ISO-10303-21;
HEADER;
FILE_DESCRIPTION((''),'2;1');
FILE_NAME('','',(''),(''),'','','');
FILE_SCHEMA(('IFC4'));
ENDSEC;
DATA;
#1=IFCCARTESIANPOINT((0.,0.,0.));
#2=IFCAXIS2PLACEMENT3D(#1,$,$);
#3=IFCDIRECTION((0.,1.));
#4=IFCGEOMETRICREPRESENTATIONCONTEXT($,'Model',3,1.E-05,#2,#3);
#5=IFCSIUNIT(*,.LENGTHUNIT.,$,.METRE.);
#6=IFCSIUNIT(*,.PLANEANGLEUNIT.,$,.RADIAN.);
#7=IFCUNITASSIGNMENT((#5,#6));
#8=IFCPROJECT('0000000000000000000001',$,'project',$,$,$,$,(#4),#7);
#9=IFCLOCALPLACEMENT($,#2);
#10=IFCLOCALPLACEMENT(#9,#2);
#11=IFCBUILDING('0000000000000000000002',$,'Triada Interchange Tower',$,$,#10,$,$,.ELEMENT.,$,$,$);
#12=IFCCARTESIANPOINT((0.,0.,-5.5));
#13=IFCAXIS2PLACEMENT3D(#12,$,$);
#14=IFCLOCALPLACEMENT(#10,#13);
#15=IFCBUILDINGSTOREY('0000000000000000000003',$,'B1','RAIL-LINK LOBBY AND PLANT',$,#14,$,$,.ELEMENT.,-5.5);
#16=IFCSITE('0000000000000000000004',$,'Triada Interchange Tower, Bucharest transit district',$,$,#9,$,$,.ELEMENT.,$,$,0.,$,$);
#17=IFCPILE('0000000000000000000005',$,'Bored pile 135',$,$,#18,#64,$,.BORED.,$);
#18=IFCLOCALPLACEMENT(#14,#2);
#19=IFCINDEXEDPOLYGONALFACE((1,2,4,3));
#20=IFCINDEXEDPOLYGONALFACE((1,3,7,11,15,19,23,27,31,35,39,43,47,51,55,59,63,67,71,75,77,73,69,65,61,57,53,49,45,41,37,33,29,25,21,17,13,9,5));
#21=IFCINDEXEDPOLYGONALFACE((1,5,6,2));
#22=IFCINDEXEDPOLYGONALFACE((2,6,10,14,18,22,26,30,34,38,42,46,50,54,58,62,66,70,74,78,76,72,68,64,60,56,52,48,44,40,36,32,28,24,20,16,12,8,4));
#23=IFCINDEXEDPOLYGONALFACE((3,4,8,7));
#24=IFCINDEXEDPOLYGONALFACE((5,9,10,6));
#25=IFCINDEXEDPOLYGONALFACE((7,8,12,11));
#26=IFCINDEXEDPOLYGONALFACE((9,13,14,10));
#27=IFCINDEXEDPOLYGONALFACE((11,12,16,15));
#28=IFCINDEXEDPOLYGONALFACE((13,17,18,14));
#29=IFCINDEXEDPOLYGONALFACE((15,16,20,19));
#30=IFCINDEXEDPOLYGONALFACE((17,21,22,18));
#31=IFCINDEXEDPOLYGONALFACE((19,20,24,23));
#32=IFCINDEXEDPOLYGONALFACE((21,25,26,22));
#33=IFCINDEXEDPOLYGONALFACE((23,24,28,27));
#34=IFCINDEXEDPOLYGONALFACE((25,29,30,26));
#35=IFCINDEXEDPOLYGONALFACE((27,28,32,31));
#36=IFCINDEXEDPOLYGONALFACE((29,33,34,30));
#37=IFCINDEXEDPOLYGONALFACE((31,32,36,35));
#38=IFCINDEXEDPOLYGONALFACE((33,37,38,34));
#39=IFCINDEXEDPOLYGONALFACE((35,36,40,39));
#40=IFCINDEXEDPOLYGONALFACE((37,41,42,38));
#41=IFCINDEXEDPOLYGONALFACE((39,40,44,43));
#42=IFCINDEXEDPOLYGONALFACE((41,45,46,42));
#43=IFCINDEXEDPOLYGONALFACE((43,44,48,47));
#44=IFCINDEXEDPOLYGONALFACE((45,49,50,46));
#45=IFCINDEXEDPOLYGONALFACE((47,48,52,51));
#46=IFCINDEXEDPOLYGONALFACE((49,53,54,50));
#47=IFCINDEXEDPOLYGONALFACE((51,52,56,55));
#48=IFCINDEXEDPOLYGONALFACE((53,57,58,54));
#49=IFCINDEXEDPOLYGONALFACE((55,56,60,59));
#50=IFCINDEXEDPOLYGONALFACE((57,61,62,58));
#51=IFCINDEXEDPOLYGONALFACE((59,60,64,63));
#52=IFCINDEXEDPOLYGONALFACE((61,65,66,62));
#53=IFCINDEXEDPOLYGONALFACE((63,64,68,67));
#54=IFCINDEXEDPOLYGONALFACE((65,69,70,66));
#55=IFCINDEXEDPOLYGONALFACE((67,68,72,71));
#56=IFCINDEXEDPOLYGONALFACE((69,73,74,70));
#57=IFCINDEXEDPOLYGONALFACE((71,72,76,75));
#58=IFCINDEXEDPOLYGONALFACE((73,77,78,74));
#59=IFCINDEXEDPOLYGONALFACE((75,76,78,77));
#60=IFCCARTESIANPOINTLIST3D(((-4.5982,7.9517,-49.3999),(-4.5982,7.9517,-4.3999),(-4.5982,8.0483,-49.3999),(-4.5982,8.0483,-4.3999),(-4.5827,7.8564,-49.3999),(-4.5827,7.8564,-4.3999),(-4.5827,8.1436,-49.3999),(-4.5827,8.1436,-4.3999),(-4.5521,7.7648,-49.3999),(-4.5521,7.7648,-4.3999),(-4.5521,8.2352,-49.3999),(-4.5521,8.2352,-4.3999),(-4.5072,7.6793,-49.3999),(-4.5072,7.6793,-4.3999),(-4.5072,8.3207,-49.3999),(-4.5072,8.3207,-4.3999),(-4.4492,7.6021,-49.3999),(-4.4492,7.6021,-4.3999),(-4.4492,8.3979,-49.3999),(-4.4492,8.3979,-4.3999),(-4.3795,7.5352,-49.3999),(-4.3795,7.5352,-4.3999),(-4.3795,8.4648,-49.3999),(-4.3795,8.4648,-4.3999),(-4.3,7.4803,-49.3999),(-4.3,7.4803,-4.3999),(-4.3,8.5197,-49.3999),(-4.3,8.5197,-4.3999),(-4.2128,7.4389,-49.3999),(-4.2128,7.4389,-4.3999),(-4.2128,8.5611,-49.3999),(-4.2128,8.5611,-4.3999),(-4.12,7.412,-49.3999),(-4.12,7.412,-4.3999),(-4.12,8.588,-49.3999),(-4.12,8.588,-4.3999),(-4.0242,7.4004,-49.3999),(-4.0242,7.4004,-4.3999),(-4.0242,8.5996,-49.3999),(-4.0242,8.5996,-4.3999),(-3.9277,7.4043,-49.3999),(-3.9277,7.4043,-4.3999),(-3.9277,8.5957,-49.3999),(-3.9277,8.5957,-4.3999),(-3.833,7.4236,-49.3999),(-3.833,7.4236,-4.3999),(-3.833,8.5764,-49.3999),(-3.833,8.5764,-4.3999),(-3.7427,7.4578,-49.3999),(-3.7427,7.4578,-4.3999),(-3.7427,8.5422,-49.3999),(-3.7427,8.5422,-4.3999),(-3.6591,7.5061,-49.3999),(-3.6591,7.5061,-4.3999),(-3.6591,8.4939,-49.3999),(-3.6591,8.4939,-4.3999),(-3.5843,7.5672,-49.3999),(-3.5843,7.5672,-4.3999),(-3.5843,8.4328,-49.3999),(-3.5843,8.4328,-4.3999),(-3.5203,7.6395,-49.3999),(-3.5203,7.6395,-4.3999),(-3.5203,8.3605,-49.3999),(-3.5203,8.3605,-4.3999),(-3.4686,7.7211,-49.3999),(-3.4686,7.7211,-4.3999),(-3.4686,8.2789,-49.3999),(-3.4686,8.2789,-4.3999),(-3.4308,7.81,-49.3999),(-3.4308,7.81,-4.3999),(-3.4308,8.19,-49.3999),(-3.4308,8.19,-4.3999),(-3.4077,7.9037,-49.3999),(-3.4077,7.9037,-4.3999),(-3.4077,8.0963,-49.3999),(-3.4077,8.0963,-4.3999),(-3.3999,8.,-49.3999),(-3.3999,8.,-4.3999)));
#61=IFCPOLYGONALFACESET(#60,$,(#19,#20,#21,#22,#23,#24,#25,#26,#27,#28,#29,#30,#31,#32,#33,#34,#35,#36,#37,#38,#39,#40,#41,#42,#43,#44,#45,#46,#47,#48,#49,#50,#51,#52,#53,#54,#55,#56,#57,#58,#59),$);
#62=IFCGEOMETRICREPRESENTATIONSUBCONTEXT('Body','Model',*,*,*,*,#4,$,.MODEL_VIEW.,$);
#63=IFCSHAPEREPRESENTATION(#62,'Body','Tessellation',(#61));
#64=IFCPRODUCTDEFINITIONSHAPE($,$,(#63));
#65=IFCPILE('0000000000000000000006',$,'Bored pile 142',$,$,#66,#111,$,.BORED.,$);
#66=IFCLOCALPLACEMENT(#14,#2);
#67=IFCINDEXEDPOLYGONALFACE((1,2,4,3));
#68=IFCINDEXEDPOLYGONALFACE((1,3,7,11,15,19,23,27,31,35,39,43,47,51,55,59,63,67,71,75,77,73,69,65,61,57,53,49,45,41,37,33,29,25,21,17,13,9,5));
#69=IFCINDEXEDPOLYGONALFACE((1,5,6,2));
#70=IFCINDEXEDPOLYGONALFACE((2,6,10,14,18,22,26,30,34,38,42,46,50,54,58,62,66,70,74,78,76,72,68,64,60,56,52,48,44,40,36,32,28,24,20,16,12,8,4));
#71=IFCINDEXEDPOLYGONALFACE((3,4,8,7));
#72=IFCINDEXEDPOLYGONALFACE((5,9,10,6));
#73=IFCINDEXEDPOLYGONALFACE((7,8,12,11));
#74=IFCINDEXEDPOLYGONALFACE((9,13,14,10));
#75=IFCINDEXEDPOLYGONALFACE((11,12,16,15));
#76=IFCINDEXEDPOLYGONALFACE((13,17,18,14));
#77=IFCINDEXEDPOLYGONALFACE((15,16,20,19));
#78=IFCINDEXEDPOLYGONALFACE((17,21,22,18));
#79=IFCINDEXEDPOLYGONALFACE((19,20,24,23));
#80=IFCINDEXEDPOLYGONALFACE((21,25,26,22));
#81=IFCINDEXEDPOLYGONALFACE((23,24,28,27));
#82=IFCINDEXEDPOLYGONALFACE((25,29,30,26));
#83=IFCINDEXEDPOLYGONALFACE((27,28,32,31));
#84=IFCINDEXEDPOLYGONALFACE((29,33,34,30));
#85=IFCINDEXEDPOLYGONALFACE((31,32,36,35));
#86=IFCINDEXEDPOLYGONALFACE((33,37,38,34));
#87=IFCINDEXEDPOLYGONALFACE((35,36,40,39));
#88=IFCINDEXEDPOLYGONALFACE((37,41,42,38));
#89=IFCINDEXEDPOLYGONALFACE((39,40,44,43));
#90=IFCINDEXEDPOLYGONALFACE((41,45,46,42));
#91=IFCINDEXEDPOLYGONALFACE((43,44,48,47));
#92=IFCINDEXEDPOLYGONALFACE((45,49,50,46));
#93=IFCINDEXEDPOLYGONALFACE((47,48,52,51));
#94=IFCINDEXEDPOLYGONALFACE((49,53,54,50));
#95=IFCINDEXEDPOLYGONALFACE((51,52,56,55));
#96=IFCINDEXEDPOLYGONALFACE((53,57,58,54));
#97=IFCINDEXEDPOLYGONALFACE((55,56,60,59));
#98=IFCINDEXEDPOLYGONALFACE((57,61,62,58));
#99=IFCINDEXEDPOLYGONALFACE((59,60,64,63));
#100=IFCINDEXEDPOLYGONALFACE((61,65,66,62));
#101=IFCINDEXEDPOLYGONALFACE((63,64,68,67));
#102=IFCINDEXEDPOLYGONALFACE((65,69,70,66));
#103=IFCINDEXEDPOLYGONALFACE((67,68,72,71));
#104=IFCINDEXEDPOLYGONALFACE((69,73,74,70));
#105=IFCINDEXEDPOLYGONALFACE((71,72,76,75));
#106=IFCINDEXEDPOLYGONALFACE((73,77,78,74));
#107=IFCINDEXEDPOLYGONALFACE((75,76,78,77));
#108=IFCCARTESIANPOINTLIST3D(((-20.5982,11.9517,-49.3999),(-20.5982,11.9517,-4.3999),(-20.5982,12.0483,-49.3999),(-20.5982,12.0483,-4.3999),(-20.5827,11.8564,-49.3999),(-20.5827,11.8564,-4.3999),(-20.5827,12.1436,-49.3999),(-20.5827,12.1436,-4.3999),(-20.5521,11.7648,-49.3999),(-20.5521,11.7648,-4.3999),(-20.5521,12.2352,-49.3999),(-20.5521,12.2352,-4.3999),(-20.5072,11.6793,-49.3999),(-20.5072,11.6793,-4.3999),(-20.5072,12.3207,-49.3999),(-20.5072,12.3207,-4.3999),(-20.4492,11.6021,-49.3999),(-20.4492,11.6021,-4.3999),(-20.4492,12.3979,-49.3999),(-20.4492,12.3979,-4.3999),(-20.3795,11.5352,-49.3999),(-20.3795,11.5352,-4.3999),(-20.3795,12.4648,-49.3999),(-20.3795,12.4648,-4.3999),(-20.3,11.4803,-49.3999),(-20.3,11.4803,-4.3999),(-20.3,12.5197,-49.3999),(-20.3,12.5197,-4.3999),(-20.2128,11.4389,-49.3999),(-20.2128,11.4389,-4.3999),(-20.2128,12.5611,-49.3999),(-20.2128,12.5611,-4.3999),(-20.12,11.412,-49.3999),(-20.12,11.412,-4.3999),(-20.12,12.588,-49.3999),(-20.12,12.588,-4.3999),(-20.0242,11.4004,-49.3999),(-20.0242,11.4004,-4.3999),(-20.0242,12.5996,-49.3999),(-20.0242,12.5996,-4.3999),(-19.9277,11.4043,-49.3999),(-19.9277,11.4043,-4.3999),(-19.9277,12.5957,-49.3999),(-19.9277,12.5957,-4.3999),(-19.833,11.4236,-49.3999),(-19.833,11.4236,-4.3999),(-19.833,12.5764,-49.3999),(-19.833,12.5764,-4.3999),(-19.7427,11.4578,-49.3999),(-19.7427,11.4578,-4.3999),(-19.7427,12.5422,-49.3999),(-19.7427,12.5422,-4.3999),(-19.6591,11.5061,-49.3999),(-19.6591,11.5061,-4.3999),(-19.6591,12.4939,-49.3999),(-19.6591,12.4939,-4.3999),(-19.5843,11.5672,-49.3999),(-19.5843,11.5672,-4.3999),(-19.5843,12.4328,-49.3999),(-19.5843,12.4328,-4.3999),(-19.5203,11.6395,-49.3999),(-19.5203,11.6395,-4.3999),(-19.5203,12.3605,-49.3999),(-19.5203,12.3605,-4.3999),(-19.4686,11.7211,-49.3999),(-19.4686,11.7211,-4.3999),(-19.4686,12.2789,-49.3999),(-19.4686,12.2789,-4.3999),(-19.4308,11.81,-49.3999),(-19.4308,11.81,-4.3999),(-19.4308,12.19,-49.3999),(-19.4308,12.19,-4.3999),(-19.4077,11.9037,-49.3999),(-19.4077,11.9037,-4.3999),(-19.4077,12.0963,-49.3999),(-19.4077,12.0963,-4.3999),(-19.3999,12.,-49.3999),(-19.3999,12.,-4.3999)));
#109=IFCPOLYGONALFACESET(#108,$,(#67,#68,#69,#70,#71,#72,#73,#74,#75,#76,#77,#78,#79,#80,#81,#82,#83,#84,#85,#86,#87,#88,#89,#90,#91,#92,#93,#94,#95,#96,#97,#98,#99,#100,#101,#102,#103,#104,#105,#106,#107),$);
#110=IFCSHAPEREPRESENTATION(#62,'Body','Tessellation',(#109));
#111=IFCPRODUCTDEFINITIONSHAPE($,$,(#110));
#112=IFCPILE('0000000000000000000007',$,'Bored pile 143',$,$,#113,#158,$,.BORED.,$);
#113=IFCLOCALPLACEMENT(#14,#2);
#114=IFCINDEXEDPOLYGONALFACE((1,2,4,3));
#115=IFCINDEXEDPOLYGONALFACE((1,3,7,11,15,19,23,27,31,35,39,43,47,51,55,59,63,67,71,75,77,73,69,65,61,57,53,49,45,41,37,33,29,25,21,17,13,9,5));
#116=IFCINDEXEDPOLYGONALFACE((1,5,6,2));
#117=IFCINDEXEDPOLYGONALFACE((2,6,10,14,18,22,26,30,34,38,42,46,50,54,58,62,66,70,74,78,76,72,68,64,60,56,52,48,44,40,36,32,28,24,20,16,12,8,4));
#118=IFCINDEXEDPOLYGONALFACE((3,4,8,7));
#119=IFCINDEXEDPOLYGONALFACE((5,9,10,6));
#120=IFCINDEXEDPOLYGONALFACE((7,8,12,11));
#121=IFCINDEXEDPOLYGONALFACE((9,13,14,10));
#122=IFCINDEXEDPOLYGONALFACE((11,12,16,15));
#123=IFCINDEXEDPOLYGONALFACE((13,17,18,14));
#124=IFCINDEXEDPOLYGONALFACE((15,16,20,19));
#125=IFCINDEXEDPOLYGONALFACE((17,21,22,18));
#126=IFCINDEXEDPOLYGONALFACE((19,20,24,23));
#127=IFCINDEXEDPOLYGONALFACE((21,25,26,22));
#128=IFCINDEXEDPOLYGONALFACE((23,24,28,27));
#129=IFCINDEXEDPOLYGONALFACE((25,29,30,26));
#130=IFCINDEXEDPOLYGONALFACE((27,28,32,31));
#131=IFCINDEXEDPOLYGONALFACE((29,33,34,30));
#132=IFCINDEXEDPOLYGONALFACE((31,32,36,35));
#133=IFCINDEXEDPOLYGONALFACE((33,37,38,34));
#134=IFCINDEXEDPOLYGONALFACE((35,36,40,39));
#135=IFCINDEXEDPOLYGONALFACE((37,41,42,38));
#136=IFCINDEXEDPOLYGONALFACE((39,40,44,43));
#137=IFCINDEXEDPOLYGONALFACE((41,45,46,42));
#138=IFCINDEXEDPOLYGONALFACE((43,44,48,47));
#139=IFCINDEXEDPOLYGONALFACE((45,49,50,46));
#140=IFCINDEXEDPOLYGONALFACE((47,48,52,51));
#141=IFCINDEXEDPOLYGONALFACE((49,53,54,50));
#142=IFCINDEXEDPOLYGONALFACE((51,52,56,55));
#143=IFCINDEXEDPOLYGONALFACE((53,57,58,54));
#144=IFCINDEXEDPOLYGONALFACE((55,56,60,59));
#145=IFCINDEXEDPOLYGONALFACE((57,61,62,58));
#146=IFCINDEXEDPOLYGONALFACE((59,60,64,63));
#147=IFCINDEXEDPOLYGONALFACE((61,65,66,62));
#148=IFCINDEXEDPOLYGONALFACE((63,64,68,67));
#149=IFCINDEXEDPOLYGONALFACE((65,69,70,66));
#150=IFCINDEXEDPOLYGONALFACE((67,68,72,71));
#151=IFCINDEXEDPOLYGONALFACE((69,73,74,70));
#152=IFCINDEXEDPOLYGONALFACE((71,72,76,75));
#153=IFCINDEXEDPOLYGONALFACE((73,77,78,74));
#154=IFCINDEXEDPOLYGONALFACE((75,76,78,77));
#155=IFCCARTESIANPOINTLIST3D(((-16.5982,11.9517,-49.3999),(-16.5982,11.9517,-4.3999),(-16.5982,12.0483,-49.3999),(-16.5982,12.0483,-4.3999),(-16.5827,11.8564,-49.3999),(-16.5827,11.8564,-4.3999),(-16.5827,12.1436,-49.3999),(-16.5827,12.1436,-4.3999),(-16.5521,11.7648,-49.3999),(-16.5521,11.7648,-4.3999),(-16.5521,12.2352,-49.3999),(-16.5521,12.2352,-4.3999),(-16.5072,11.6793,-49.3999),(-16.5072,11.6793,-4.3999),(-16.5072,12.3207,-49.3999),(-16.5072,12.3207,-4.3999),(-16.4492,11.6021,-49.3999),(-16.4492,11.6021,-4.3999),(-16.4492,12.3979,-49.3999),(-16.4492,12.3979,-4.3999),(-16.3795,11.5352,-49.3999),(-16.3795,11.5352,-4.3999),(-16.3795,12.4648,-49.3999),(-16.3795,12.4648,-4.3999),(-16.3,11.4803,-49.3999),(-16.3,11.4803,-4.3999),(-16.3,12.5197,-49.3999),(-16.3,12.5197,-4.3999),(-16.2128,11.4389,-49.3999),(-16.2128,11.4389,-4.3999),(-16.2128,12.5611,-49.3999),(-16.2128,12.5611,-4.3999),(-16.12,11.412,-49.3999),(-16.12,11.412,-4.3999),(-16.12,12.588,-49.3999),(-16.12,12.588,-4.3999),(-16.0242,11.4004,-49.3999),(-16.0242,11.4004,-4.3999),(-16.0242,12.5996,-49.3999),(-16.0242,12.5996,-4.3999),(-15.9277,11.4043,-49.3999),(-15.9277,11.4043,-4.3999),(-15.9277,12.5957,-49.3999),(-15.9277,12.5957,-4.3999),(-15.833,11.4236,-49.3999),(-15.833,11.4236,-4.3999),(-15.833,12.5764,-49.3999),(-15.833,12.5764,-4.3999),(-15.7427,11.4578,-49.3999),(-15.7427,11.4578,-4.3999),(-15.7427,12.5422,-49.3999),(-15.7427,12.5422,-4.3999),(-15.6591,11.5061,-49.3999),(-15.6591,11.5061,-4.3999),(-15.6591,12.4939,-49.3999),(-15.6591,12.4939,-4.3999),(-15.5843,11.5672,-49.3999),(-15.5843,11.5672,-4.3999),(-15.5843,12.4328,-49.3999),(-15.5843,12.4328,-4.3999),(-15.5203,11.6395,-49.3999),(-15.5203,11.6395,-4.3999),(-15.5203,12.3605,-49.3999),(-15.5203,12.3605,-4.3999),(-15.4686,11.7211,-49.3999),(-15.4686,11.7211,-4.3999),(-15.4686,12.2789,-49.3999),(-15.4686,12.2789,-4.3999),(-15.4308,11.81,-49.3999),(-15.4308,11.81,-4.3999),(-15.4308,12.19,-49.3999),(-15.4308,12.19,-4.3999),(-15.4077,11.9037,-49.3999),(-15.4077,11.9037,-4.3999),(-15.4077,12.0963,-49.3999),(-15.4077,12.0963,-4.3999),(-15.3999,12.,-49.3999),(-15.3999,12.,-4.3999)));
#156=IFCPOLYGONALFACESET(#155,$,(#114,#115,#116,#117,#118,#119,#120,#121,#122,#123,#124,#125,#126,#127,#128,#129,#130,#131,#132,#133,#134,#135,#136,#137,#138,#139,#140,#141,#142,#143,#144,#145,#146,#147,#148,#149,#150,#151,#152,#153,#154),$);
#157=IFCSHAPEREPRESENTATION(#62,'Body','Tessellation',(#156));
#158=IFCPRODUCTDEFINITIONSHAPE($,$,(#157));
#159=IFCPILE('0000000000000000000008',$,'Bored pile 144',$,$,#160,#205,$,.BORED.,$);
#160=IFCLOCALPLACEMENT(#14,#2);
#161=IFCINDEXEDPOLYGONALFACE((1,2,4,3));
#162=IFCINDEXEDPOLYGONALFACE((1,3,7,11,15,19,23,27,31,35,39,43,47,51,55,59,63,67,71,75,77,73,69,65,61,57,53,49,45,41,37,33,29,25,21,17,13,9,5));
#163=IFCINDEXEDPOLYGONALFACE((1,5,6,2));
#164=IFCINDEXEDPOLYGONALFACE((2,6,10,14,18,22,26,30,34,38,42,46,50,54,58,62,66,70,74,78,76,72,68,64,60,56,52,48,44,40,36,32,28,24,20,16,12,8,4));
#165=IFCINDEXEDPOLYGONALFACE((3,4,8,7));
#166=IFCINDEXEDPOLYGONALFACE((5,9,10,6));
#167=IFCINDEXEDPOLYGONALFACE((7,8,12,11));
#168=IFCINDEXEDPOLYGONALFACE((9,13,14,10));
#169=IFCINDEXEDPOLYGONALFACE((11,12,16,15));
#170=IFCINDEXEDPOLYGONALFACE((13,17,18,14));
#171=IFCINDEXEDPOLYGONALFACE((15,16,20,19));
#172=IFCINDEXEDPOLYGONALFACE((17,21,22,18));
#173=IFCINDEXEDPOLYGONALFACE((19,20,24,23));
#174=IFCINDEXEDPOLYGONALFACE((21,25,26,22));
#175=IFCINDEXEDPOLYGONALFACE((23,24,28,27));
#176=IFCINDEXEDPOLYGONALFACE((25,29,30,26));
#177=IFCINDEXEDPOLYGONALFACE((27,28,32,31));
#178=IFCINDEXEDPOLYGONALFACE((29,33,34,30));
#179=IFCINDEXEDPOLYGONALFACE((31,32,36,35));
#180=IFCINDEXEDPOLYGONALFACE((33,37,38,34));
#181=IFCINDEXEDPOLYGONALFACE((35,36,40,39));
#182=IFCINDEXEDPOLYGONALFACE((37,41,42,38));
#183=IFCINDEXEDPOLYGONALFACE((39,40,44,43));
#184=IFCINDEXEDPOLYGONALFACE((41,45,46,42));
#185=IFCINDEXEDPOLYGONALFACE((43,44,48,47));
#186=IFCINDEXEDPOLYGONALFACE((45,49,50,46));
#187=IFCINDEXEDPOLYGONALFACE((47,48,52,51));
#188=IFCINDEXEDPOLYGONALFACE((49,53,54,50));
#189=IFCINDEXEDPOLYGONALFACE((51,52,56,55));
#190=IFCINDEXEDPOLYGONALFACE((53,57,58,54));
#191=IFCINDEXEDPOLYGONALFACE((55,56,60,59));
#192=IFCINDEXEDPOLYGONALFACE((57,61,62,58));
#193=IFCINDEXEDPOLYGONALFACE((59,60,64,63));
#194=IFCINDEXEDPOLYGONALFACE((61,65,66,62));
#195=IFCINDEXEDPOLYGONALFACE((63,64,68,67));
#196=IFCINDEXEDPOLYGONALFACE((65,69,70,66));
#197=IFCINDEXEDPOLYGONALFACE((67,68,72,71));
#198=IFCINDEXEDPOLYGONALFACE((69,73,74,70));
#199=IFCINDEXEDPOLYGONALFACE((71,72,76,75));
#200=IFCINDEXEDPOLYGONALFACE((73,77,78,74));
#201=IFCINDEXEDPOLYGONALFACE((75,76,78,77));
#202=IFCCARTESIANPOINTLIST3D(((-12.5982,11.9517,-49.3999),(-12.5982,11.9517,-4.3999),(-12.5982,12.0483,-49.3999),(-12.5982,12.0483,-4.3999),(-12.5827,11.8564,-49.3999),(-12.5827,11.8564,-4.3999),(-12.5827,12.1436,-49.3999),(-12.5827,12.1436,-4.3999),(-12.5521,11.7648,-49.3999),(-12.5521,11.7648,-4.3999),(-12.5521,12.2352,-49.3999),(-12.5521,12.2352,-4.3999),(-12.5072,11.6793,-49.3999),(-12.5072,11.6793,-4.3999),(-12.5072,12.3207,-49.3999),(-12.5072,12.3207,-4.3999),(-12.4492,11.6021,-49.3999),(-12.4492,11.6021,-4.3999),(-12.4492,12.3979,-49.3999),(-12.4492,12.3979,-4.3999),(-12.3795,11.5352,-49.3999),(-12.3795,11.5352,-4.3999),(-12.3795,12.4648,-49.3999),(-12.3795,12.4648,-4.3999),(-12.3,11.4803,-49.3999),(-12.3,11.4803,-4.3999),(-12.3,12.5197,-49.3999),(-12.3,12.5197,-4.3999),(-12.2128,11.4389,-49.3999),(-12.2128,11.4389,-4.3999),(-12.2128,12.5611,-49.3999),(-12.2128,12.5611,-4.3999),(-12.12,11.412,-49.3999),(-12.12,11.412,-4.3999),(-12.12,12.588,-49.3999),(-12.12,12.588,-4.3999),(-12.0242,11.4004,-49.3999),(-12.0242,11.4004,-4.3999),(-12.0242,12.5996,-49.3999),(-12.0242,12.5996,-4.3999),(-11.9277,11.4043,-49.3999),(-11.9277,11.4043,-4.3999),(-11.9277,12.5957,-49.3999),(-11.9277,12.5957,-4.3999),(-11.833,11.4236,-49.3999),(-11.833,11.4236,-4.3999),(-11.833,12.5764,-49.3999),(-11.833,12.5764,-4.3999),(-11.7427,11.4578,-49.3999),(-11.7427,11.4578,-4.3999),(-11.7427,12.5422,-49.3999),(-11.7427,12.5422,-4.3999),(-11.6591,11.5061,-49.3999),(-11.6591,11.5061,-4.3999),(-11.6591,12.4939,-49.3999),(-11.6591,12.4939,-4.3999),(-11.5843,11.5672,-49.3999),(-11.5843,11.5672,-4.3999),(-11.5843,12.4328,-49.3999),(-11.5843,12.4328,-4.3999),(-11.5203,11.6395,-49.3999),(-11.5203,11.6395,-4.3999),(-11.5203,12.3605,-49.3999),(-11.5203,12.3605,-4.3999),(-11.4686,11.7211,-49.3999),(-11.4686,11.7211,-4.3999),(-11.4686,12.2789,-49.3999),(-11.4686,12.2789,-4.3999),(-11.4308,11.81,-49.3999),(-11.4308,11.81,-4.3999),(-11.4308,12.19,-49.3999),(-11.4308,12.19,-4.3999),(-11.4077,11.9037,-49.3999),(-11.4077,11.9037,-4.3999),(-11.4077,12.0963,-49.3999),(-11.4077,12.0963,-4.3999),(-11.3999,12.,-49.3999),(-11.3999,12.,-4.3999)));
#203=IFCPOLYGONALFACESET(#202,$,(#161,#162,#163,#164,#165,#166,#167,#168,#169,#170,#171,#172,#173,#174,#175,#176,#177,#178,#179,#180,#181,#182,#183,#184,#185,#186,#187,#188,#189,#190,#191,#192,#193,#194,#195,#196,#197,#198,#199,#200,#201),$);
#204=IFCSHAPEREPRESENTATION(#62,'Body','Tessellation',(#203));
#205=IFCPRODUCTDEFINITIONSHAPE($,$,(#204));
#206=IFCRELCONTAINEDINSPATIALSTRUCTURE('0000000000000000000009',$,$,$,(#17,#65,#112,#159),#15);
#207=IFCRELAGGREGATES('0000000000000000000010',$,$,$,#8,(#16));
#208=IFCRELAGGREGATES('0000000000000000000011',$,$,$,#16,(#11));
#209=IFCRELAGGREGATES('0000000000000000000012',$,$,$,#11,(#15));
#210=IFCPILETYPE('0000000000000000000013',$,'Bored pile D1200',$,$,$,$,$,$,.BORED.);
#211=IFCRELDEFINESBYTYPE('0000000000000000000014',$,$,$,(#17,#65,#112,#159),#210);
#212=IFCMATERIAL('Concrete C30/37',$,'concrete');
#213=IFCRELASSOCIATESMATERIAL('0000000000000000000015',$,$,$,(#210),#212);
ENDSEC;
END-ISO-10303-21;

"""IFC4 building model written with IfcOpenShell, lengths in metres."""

from ifc_helpers import new_model, si_unit, direction, frame, origin, origin_2d, place, context, subcontext, project, spatial, circle, extrude, material, material_profile, profile_set, type_object, element, save


model = new_model("IFC4")

# Units and contexts
model_context = context("Model", 3, precision=1e-05, world=origin(), true_north=direction((0.0, 1.0)))
body_context = subcontext(model_context, "Body", "Model", "MODEL_VIEW")
ifc_project = project(units=[si_unit("LENGTHUNIT", "METRE"), si_unit("PLANEANGLEUNIT", "RADIAN")], contexts=[model_context])

# Site, building, storey
site_placement = place(None, origin())
site = spatial("IfcSite", under=ifc_project, at=site_placement, Name="Triada Interchange Tower, Bucharest transit district", CompositionType="ELEMENT", RefElevation=0.0)
building_placement = place(site_placement, origin())
building = spatial("IfcBuilding", under=site, at=building_placement, Name="Triada Interchange Tower", CompositionType="ELEMENT")
storey_placement = place(building_placement, frame((0.0, 0.0, -5.5)))
storey = spatial("IfcBuildingStorey", under=building, at=storey_placement, Name="B1", Description="RAIL-LINK LOBBY AND PLANT", CompositionType="ELEMENT", Elevation=-5.5)

# Piles
ifc_material_1 = material(Name="Concrete C30/37", Category="concrete")
ifc_material_profile_1 = material_profile(ifc_material_1, circle(Radius=0.6001, at=origin_2d()), Name="RC D1200")
ifc_profile_set_1 = profile_set([ifc_material_profile_1], Name="Concrete C30/37")
pile_type = type_object("IfcPileType", Name="Bored pile D1200", PredefinedType="BORED", material=ifc_profile_set_1)
for number, where, z_axis, x_axis, name in (
    (1, (-4.0, 8.0, -4.3999), (0.0, 0.0, -1.0), (1.0, 0.0, 0.0), "Bored pile 135"),
    (2, (-20.0, 12.0, -4.3999), (0.0, 0.0, -1.0), (1.0, 0.0, 0.0), "Bored pile 142"),
    (3, (-16.0, 12.0, -4.3999), (0.0, 0.0, -1.0), (1.0, 0.0, 0.0), "Bored pile 143"),
    (4, (-12.0, 12.0, -4.3999), (0.0, 0.0, -1.0), (1.0, 0.0, 0.0), "Bored pile 144"),
):
    element("IfcPile", number, at=place(storey_placement, frame(where, z_axis=z_axis, x_axis=x_axis)), inside=storey, type_object=pile_type, Name=name, PredefinedType="BORED", context=body_context, shape_type="SweptSolid", body=[
        extrude(circle(Radius=0.6001, at=origin_2d()), origin(), (0.0, 0.0, 1.0), 45.0),
    ])

save(model, "model.ifc")
